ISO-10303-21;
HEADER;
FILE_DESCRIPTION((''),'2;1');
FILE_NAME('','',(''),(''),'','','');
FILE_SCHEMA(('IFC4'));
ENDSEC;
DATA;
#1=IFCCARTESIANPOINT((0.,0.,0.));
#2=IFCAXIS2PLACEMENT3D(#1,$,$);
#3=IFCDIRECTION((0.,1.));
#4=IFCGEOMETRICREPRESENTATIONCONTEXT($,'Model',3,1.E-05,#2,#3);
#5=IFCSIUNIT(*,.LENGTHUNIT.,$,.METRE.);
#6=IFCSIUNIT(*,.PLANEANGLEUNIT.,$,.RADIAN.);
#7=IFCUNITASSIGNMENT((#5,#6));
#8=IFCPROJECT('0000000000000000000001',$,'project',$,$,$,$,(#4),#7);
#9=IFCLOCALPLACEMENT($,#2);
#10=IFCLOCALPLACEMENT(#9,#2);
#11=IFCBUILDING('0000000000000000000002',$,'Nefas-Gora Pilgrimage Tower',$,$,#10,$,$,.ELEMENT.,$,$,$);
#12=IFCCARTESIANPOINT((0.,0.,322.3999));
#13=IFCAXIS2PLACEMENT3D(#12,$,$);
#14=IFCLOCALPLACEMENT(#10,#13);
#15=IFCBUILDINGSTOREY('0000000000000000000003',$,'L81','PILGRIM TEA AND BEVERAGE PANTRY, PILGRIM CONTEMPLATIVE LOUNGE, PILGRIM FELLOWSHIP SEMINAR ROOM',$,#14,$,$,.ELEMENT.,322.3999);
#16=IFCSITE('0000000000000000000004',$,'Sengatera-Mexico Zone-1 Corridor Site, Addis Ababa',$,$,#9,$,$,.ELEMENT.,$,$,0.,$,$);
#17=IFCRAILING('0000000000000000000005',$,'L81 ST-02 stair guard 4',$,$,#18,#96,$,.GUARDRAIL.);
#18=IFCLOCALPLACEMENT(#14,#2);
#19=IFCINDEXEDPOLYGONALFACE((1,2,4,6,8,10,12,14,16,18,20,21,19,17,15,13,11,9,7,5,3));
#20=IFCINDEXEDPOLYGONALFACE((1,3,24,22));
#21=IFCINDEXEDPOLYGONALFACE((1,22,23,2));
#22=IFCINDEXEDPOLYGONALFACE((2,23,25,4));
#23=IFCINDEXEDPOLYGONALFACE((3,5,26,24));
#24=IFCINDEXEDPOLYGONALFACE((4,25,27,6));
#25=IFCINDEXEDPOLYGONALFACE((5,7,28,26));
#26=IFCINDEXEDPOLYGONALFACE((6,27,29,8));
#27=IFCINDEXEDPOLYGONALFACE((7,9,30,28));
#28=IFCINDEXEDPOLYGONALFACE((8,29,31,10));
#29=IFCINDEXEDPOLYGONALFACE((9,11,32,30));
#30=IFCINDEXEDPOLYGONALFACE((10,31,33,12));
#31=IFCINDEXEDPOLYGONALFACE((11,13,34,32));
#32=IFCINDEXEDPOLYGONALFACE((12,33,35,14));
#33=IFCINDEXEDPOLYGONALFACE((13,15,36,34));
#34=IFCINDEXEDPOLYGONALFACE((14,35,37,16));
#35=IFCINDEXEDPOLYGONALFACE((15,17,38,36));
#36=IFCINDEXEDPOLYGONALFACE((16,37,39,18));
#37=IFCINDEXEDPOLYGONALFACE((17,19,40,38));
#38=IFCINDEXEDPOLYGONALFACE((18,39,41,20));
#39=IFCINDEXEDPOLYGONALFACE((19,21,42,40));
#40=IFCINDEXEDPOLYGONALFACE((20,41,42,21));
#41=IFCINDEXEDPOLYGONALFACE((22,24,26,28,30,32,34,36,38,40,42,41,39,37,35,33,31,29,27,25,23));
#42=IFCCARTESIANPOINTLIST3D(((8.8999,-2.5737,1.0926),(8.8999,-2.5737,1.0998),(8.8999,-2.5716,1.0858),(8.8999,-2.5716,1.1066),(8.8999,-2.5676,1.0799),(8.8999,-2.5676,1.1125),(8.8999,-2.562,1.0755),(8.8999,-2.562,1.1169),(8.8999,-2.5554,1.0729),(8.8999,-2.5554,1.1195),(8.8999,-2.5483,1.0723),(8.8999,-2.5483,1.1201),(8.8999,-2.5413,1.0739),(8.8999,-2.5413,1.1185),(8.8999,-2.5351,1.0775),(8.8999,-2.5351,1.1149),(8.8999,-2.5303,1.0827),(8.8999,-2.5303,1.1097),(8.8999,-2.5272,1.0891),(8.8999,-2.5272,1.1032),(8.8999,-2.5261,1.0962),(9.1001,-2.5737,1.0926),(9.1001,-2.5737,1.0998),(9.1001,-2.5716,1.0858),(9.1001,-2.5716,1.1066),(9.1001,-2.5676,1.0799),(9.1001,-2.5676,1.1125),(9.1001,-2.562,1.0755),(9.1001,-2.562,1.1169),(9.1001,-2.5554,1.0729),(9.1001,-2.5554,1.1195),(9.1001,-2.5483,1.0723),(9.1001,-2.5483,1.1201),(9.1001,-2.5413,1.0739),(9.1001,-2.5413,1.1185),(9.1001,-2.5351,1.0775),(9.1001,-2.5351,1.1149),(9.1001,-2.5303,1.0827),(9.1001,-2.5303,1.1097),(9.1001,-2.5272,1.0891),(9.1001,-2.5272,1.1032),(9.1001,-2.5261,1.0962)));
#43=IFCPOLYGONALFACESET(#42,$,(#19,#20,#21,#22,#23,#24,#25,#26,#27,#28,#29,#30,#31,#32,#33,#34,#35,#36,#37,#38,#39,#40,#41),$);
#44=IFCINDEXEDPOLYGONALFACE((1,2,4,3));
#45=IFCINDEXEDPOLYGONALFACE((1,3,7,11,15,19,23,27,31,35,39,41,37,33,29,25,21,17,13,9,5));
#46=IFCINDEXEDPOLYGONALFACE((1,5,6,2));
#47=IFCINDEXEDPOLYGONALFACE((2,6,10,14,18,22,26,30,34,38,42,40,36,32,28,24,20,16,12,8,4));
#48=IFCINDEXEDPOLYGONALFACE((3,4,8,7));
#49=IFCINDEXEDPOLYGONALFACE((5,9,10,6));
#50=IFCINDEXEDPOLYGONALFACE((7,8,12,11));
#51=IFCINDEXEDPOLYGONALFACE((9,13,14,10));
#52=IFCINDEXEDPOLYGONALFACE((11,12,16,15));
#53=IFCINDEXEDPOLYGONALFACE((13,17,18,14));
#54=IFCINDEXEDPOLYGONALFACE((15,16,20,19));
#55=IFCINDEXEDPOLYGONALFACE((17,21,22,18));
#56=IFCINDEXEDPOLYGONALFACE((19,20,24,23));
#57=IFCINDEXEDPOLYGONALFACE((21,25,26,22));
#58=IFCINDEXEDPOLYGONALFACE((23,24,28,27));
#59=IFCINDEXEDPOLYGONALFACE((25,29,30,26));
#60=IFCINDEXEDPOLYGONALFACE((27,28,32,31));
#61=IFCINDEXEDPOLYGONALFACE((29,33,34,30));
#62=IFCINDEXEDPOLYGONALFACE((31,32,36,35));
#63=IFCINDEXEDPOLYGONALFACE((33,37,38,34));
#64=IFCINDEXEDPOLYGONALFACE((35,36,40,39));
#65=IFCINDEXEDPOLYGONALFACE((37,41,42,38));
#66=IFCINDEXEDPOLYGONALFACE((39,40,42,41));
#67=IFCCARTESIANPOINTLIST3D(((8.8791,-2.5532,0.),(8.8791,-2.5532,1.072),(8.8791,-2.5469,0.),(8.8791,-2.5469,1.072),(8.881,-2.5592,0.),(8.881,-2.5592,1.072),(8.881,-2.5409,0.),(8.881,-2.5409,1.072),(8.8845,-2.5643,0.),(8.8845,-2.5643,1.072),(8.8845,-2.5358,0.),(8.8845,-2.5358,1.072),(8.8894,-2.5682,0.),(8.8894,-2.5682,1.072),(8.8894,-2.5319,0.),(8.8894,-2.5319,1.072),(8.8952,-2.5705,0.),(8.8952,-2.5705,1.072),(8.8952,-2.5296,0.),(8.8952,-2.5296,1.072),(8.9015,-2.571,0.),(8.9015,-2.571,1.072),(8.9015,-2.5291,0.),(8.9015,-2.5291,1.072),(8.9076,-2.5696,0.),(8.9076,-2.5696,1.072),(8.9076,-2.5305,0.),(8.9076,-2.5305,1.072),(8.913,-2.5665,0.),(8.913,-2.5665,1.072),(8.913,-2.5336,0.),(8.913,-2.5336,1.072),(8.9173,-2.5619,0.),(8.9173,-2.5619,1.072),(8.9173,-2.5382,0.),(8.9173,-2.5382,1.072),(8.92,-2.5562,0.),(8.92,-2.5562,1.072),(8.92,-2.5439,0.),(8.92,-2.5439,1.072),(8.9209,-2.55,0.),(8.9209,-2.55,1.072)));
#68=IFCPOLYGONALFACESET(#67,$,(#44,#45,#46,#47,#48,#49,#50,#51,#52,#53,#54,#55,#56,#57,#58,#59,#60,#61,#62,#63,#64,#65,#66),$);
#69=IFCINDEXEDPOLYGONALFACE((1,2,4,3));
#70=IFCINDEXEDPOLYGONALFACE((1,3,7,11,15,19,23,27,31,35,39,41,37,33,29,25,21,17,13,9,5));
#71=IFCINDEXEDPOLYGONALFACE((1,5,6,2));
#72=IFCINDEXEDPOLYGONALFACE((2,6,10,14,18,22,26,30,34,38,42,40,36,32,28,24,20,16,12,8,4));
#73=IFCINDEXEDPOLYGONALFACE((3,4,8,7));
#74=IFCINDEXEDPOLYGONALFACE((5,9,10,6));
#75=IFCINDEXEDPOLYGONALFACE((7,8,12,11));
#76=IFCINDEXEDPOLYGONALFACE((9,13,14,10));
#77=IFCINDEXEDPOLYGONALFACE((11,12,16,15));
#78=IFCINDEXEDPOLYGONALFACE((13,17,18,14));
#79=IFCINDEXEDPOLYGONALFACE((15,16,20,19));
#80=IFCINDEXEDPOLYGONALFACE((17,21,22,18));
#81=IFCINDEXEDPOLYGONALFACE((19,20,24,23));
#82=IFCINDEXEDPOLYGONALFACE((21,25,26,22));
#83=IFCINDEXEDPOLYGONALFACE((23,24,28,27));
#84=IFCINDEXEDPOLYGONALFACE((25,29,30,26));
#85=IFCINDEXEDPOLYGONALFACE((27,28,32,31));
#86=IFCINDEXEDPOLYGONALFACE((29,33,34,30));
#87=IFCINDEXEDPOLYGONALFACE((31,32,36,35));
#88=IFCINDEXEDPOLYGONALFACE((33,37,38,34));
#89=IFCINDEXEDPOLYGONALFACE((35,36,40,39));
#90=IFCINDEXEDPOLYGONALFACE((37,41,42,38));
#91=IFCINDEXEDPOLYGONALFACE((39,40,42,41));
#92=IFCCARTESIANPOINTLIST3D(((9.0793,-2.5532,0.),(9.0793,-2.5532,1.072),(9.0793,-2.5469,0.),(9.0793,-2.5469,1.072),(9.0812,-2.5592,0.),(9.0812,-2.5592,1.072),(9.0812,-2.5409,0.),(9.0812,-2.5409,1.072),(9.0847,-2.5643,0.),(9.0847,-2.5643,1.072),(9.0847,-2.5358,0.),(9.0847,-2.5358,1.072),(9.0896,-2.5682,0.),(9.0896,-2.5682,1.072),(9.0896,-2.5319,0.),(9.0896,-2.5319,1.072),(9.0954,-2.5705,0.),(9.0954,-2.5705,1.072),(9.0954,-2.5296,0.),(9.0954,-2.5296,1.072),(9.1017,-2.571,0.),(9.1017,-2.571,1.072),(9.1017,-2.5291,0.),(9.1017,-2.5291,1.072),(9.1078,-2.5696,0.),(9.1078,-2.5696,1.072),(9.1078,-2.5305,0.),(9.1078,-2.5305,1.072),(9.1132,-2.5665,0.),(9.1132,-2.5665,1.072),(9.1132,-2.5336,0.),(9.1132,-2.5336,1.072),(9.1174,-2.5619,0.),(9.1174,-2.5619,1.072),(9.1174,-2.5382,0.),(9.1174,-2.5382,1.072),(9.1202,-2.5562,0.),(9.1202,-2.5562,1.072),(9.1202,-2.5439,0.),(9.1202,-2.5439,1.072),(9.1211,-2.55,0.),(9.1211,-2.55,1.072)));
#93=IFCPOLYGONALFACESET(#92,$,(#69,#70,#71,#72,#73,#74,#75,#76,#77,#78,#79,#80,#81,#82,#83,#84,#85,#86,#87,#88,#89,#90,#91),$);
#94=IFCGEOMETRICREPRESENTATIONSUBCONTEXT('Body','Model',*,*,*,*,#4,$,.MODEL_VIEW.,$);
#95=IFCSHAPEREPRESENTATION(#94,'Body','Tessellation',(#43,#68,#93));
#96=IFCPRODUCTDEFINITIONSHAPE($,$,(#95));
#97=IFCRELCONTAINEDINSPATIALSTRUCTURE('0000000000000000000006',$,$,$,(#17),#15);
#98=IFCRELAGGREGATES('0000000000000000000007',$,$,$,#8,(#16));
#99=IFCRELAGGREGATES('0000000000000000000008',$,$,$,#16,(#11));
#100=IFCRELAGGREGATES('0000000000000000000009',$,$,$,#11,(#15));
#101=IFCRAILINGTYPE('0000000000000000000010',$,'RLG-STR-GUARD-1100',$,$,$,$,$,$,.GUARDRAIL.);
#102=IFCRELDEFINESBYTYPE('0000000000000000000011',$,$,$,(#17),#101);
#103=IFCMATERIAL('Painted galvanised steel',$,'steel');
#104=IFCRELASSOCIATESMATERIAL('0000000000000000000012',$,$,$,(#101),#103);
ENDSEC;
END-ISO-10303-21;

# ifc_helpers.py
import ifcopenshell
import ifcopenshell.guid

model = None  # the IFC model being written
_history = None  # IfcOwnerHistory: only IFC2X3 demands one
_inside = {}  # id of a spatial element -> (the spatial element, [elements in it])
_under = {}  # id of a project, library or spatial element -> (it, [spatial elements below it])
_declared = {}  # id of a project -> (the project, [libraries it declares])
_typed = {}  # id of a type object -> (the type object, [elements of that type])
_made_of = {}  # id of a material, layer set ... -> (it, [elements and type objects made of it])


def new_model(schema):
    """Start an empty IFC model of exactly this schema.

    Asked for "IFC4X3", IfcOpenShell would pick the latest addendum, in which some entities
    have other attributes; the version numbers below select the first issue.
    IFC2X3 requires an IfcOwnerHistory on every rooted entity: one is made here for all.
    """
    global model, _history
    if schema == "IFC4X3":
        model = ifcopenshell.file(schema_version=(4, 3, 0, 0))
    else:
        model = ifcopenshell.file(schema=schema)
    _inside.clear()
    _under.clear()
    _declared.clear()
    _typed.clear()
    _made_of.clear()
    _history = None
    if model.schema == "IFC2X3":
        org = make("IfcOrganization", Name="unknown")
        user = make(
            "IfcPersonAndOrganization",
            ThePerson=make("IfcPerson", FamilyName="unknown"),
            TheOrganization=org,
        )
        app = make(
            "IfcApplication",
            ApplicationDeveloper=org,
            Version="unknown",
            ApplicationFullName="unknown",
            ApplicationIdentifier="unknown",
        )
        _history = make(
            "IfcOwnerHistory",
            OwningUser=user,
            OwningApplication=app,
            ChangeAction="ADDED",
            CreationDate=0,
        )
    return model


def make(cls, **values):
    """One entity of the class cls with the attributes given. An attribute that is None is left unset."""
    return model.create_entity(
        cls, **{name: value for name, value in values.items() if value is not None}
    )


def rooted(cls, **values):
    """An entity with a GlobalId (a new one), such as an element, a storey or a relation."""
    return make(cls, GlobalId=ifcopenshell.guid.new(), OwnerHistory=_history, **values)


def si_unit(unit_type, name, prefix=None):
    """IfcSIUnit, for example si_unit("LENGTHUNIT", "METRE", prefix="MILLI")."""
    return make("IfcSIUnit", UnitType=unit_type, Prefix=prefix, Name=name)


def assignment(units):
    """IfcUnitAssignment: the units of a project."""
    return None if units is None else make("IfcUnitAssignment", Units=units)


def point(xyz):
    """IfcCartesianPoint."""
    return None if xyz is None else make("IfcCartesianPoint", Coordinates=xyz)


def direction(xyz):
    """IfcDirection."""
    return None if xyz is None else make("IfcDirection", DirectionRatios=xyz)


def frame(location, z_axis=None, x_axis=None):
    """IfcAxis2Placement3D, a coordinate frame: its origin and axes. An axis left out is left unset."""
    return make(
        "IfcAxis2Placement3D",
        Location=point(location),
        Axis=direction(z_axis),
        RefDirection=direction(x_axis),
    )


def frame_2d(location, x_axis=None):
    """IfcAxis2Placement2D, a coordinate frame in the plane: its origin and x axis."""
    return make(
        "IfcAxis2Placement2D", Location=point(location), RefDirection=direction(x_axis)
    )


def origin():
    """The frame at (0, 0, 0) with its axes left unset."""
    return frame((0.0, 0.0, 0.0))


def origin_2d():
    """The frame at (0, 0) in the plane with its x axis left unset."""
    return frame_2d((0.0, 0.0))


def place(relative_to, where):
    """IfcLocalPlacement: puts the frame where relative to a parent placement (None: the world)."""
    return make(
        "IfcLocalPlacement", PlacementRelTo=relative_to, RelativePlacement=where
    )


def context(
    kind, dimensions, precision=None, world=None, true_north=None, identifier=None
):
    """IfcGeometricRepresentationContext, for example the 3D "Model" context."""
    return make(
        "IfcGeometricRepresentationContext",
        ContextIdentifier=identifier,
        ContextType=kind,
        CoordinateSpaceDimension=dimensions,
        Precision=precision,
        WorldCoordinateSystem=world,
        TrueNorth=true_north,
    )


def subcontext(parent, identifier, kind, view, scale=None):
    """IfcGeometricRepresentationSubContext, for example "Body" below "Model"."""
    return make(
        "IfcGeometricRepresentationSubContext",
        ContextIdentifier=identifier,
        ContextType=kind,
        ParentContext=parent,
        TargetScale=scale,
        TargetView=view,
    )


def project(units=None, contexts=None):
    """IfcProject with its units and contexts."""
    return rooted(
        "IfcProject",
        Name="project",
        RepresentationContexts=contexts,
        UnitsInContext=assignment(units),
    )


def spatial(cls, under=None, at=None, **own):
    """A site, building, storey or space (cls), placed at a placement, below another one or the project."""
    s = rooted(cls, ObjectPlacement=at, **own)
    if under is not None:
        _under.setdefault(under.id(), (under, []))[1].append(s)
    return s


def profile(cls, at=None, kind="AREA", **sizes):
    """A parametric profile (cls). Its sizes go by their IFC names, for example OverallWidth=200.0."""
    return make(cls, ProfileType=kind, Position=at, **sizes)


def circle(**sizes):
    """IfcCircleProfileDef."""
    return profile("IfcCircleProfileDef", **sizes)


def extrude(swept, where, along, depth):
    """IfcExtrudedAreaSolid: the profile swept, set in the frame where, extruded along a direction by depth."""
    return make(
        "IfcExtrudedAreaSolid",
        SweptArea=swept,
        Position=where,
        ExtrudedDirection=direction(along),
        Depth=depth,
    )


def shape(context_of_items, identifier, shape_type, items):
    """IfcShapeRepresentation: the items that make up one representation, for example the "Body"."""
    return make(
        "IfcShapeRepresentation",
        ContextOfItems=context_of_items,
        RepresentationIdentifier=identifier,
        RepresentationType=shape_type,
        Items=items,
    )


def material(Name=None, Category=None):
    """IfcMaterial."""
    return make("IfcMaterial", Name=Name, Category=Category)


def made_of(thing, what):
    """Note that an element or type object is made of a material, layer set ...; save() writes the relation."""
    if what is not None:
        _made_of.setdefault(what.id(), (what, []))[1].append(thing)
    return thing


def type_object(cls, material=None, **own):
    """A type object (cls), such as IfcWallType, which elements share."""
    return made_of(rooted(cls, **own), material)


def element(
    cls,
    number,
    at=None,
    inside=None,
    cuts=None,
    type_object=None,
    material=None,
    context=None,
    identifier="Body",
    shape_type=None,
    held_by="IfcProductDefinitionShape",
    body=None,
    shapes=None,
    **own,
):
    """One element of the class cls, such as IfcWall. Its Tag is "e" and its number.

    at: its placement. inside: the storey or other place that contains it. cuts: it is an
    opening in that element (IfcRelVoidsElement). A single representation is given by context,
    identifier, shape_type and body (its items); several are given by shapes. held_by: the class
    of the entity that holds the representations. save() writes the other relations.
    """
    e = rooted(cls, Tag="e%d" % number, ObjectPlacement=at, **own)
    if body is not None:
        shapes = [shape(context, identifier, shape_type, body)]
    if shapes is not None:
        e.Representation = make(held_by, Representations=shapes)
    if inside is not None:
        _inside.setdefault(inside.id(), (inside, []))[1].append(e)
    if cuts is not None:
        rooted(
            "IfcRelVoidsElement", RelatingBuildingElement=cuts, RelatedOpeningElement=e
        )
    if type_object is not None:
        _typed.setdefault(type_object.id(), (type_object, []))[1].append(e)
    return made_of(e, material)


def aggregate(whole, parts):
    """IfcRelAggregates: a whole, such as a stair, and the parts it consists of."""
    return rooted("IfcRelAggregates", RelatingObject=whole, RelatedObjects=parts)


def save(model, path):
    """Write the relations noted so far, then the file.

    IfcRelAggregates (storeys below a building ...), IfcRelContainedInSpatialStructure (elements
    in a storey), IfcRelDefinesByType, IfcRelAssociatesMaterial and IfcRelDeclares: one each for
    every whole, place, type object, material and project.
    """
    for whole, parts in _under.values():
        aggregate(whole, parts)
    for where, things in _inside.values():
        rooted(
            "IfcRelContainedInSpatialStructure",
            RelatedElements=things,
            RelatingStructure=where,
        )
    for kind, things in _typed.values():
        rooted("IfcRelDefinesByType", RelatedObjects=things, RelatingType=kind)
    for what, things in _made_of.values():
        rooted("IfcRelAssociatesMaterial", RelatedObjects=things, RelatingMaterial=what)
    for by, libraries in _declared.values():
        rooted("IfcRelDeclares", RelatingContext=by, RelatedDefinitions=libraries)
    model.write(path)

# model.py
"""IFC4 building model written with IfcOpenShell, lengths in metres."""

from ifc_helpers import new_model, si_unit, direction, frame, origin, origin_2d, place, context, subcontext, project, spatial, circle, extrude, material, type_object, element, save


model = new_model("IFC4")

# Units and contexts
model_context = context("Model", 3, precision=1e-05, world=origin(), true_north=direction((0.0, 1.0)))
body_context = subcontext(model_context, "Body", "Model", "MODEL_VIEW")
ifc_project = project(units=[si_unit("LENGTHUNIT", "METRE"), si_unit("PLANEANGLEUNIT", "RADIAN")], contexts=[model_context])

# Site, building, storey
site_placement = place(None, origin())
site = spatial("IfcSite", under=ifc_project, at=site_placement, Name="Sengatera-Mexico Zone-1 Corridor Site, Addis Ababa", CompositionType="ELEMENT", RefElevation=0.0)
building_placement = place(site_placement, origin())
building = spatial("IfcBuilding", under=site, at=building_placement, Name="Nefas-Gora Pilgrimage Tower", CompositionType="ELEMENT")
storey_placement = place(building_placement, frame((0.0, 0.0, 322.3999)))
storey = spatial("IfcBuildingStorey", under=building, at=storey_placement, Name="L81", Description="PILGRIM TEA AND BEVERAGE PANTRY, PILGRIM CONTEMPLATIVE LOUNGE, PILGRIM FELLOWSHIP SEMINAR ROOM", CompositionType="ELEMENT", Elevation=322.3999)

# Railing
ifc_material_1 = material(Name="Painted galvanised steel", Category="steel")
railing_type_1 = type_object("IfcRailingType", Name="RLG-STR-GUARD-1100", PredefinedType="GUARDRAIL", material=ifc_material_1)
railing_1_placement = place(storey_placement, frame((8.8999, -2.55, 0.0)))
element("IfcRailing", 1, at=railing_1_placement, inside=storey, type_object=railing_type_1, Name="L81 ST-02 stair guard 4", PredefinedType="GUARDRAIL", context=body_context, shape_type="SweptSolid", body=[
    extrude(circle(Radius=0.0239, at=origin_2d()), frame((0.0, 0.0, 1.0962), z_axis=(1.0, 0.0, 0.0), x_axis=(0.0, 1.0, 0.0)), (0.0, 0.0, 1.0), 0.2002),
    extrude(circle(Radius=0.021, at=origin_2d()), origin(), (0.0, 0.0, 1.0), 1.072),
    extrude(circle(Radius=0.021, at=origin_2d()), frame((0.2002, 0.0, 0.0)), (0.0, 0.0, 1.0), 1.072),
])

save(model, "model.ifc")
